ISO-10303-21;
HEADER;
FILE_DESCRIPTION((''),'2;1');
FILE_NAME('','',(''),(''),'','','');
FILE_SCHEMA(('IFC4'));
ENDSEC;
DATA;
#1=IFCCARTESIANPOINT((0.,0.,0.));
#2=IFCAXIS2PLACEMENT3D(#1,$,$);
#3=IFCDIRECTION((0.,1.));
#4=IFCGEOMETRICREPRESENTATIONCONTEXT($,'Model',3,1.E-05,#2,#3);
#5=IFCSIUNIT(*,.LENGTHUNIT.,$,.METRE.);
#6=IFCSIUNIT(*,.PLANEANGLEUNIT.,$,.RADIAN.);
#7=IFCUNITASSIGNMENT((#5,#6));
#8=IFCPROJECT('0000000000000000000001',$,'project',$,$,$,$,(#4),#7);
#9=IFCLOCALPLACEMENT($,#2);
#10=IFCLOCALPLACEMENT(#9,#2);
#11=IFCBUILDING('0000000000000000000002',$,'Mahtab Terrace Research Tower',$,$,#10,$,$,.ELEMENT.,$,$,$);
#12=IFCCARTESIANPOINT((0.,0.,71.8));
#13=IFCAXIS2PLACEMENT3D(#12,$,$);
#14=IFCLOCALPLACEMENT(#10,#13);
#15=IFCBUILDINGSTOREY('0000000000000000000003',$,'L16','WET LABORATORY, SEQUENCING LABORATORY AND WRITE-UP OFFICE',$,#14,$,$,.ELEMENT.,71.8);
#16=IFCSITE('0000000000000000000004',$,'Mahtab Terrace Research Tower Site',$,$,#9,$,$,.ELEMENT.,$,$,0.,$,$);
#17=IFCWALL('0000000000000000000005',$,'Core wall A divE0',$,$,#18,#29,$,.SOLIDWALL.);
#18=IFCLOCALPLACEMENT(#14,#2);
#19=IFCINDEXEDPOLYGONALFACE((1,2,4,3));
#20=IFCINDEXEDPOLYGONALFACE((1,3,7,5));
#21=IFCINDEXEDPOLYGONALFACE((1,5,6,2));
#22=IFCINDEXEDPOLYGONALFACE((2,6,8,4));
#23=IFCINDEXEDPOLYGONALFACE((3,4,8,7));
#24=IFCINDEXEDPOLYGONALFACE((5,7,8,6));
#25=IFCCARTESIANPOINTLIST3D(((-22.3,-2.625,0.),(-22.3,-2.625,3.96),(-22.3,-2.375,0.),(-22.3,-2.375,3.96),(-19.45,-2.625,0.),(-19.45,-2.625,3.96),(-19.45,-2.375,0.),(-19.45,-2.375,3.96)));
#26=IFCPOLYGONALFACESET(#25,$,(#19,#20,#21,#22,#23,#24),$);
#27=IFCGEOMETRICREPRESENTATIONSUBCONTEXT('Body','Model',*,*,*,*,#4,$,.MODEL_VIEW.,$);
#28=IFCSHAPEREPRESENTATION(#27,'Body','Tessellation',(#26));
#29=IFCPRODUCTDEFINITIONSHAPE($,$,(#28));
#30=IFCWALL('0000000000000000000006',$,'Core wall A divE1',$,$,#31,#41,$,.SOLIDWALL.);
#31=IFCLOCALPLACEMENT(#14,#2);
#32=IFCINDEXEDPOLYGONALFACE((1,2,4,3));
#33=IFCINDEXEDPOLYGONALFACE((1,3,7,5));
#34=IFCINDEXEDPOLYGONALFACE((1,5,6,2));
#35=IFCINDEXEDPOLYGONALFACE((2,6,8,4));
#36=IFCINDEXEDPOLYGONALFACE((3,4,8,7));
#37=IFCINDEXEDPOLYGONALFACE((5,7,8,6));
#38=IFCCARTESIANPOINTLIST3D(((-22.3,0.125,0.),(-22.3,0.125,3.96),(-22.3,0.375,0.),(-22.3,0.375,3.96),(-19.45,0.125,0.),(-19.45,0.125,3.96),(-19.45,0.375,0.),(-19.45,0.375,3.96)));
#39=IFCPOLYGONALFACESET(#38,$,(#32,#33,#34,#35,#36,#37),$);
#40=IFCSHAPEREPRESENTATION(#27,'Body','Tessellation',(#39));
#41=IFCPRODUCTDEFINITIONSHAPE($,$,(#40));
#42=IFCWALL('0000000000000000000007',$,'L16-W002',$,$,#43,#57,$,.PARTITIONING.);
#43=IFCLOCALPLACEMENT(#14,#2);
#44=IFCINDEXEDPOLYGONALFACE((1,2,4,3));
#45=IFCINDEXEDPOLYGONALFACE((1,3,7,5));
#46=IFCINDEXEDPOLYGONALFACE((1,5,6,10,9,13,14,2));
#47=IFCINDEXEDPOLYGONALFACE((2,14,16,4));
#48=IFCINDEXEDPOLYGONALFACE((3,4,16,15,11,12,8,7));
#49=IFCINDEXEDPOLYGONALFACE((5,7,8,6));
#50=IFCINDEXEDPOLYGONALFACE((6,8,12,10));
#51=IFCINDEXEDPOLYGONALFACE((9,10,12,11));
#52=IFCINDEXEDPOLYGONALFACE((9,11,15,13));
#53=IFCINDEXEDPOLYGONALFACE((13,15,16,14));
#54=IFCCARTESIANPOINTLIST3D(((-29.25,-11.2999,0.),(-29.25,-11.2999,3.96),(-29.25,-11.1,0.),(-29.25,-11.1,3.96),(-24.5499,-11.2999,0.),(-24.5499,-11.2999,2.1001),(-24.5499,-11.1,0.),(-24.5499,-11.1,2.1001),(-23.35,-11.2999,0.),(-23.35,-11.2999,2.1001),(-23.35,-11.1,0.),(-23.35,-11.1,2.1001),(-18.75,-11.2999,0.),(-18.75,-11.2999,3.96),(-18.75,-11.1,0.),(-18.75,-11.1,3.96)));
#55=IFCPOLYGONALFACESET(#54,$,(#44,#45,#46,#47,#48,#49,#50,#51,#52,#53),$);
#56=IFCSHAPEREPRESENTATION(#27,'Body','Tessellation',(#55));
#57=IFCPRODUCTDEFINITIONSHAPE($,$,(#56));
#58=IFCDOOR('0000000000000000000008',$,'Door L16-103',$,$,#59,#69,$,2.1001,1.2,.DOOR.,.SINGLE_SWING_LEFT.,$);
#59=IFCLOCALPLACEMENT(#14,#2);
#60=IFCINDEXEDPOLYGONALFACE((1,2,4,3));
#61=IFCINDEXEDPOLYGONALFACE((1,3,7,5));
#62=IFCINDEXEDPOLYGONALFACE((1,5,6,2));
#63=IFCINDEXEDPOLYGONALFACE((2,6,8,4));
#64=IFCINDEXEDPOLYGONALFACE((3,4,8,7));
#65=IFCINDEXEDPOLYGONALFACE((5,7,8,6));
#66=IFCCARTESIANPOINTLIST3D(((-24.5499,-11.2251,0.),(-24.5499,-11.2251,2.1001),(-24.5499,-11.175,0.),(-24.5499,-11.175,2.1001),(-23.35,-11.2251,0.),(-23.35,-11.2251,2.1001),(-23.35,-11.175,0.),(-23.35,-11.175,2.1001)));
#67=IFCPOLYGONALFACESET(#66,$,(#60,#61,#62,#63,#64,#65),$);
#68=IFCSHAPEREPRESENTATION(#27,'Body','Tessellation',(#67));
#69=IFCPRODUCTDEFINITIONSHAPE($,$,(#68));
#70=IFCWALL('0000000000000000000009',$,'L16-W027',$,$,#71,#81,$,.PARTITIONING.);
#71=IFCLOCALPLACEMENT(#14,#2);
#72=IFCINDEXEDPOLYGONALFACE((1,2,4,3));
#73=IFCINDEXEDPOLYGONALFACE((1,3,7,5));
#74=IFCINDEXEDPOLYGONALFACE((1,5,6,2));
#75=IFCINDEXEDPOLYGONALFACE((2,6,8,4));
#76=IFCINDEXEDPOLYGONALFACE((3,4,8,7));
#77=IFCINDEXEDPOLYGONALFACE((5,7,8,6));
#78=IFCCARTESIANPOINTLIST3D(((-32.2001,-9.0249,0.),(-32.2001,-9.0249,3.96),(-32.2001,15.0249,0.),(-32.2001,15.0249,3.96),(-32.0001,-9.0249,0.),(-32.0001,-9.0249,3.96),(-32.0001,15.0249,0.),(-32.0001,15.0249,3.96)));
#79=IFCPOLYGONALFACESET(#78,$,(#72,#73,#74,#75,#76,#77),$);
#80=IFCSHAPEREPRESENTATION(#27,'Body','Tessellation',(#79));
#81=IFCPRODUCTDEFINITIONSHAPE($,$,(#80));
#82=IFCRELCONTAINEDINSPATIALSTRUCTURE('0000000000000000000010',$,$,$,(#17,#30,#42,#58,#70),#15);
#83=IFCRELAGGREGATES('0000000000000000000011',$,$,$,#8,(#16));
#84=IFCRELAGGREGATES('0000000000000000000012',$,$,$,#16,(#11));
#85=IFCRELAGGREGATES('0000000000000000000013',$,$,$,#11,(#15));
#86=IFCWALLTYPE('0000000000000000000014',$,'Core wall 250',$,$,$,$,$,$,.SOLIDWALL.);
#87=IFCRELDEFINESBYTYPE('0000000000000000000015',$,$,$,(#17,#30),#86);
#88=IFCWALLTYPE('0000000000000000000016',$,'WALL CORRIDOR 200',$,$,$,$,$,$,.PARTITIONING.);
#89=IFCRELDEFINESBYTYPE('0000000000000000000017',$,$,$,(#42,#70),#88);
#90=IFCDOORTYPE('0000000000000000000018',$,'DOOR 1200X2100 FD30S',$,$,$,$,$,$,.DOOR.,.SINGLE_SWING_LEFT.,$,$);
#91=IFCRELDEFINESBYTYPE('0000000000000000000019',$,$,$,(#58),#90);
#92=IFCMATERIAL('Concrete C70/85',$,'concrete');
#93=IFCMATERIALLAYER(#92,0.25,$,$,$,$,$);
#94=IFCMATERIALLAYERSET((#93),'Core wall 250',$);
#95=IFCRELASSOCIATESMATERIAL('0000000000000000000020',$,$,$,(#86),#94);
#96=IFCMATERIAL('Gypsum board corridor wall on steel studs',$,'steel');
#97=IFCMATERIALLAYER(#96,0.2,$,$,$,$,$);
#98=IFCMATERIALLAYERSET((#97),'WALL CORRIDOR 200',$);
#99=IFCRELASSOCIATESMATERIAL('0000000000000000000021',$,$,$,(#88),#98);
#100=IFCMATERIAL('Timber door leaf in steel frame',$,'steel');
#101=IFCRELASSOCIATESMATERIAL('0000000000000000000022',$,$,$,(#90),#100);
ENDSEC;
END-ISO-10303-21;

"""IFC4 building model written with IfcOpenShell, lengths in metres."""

from ifc_helpers import new_model, si_unit, direction, frame, frame_2d, origin, place, context, subcontext, project, spatial, rectangle, extrude, material, layer, layer_set, type_object, element, fill, save


model = new_model("IFC4")

# Units and contexts
model_context = context("Model", 3, precision=1e-05, world=origin(), true_north=direction((0.0, 1.0)))
body_context = subcontext(model_context, "Body", "Model", "MODEL_VIEW")
ifc_project = project(units=[si_unit("LENGTHUNIT", "METRE"), si_unit("PLANEANGLEUNIT", "RADIAN")], contexts=[model_context])

# Site, building, storey
site_placement = place(None, origin())
site = spatial("IfcSite", under=ifc_project, at=site_placement, Name="Mahtab Terrace Research Tower Site", CompositionType="ELEMENT", RefElevation=0.0)
building_placement = place(site_placement, origin())
building = spatial("IfcBuilding", under=site, at=building_placement, Name="Mahtab Terrace Research Tower", CompositionType="ELEMENT")
storey_placement = place(building_placement, frame((0.0, 0.0, 71.8)))
storey = spatial("IfcBuildingStorey", under=building, at=storey_placement, Name="L16", Description="WET LABORATORY, SEQUENCING LABORATORY AND WRITE-UP OFFICE", CompositionType="ELEMENT", Elevation=71.8)

# Shared definitions
ifc_material_1 = material(Name="Concrete C70/85", Category="concrete")

# Shared definitions
ifc_layer_1 = layer(ifc_material_1, 0.25)
ifc_layer_set_1 = layer_set([ifc_layer_1], Name="Core wall 250")
wall_type_1 = type_object("IfcWallType", Name="Core wall 250", PredefinedType="SOLIDWALL", material=ifc_layer_set_1)

# Walls
for number, where, z_axis, x_axis, name in (
    (1, (-22.3, -2.5, 0.0), (0.0, 0.0, 1.0), (1.0, 0.0, 0.0), "Core wall A divE0"),
    (2, (-22.3, 0.25, 0.0), (0.0, 0.0, 1.0), (1.0, 0.0, 0.0), "Core wall A divE1"),
):
    element("IfcWall", number, at=place(storey_placement, frame(where, z_axis=z_axis, x_axis=x_axis)), inside=storey, type_object=wall_type_1, Name=name, PredefinedType="SOLIDWALL", context=body_context, shape_type="SweptSolid", body=[
        extrude(rectangle(XDim=2.8501, YDim=0.25, at=frame_2d((1.425, 0.0))), origin(), (0.0, 0.0, 1.0), 3.96),
    ])

# Wall, opening, door
ifc_material_2 = material(Name="Gypsum board corridor wall on steel studs", Category="steel")
ifc_layer_2 = layer(ifc_material_2, 0.2)
ifc_layer_set_2 = layer_set([ifc_layer_2], Name="WALL CORRIDOR 200")
wall_type_2 = type_object("IfcWallType", Name="WALL CORRIDOR 200", PredefinedType="PARTITIONING", material=ifc_layer_set_2)
wall_1_placement = place(storey_placement, frame((-29.25, -11.2, 0.0), z_axis=(0.0, 0.0, 1.0), x_axis=(1.0, 0.0, 0.0)))
wall_1 = element("IfcWall", 3, at=wall_1_placement, inside=storey, type_object=wall_type_2, Name="L16-W002", PredefinedType="PARTITIONING", context=body_context, shape_type="SweptSolid", body=[
    extrude(rectangle(XDim=10.5, YDim=0.2, at=frame_2d((5.25, 0.0))), origin(), (0.0, 0.0, 1.0), 3.96),
])
opening_1_placement = place(wall_1_placement, frame((4.7, 0.0, 0.0)))
opening_1 = element("IfcOpeningElement", 4, at=opening_1_placement, cuts=wall_1, PredefinedType="OPENING", context=body_context, shape_type="SweptSolid", body=[
    extrude(rectangle(XDim=1.2, YDim=2.1001, at=frame_2d((0.6001, 1.05))), frame((0.0, 0.1099, 0.0), z_axis=(0.0, -1.0, 0.0), x_axis=(1.0, 0.0, 0.0)), (0.0, 0.0, 1.0), 0.22),
])
ifc_material_3 = material(Name="Timber door leaf in steel frame", Category="steel")
door_type_1 = type_object("IfcDoorType", Name="DOOR 1200X2100 FD30S", OperationType="SINGLE_SWING_LEFT", PredefinedType="DOOR", material=ifc_material_3)
door_1_placement = place(opening_1_placement, origin())
door_1 = element("IfcDoor", 5, at=door_1_placement, inside=storey, type_object=door_type_1, Name="Door L16-103", OperationType="SINGLE_SWING_LEFT", OverallHeight=2.1001, OverallWidth=1.2, PredefinedType="DOOR", context=body_context, shape_type="SweptSolid", body=[
    extrude(rectangle(XDim=1.2, YDim=2.1001, at=frame_2d((0.6001, 1.05))), frame((0.0, 0.0249, 0.0), z_axis=(0.0, -1.0, 0.0), x_axis=(1.0, 0.0, 0.0)), (0.0, 0.0, 1.0), 0.05),
])
fill(opening_1, door_1)

# Wall
wall_2_placement = place(storey_placement, frame((-32.1001, -9.0249, 0.0), z_axis=(0.0, 0.0, 1.0), x_axis=(0.0, 1.0, 0.0)))
element("IfcWall", 6, at=wall_2_placement, inside=storey, type_object=wall_type_2, Name="L16-W027", PredefinedType="PARTITIONING", context=body_context, shape_type="SweptSolid", body=[
    extrude(rectangle(XDim=24.0498, YDim=0.2, at=frame_2d((12.0249, 0.0))), origin(), (0.0, 0.0, 1.0), 3.96),
])

save(model, "model.ifc")
